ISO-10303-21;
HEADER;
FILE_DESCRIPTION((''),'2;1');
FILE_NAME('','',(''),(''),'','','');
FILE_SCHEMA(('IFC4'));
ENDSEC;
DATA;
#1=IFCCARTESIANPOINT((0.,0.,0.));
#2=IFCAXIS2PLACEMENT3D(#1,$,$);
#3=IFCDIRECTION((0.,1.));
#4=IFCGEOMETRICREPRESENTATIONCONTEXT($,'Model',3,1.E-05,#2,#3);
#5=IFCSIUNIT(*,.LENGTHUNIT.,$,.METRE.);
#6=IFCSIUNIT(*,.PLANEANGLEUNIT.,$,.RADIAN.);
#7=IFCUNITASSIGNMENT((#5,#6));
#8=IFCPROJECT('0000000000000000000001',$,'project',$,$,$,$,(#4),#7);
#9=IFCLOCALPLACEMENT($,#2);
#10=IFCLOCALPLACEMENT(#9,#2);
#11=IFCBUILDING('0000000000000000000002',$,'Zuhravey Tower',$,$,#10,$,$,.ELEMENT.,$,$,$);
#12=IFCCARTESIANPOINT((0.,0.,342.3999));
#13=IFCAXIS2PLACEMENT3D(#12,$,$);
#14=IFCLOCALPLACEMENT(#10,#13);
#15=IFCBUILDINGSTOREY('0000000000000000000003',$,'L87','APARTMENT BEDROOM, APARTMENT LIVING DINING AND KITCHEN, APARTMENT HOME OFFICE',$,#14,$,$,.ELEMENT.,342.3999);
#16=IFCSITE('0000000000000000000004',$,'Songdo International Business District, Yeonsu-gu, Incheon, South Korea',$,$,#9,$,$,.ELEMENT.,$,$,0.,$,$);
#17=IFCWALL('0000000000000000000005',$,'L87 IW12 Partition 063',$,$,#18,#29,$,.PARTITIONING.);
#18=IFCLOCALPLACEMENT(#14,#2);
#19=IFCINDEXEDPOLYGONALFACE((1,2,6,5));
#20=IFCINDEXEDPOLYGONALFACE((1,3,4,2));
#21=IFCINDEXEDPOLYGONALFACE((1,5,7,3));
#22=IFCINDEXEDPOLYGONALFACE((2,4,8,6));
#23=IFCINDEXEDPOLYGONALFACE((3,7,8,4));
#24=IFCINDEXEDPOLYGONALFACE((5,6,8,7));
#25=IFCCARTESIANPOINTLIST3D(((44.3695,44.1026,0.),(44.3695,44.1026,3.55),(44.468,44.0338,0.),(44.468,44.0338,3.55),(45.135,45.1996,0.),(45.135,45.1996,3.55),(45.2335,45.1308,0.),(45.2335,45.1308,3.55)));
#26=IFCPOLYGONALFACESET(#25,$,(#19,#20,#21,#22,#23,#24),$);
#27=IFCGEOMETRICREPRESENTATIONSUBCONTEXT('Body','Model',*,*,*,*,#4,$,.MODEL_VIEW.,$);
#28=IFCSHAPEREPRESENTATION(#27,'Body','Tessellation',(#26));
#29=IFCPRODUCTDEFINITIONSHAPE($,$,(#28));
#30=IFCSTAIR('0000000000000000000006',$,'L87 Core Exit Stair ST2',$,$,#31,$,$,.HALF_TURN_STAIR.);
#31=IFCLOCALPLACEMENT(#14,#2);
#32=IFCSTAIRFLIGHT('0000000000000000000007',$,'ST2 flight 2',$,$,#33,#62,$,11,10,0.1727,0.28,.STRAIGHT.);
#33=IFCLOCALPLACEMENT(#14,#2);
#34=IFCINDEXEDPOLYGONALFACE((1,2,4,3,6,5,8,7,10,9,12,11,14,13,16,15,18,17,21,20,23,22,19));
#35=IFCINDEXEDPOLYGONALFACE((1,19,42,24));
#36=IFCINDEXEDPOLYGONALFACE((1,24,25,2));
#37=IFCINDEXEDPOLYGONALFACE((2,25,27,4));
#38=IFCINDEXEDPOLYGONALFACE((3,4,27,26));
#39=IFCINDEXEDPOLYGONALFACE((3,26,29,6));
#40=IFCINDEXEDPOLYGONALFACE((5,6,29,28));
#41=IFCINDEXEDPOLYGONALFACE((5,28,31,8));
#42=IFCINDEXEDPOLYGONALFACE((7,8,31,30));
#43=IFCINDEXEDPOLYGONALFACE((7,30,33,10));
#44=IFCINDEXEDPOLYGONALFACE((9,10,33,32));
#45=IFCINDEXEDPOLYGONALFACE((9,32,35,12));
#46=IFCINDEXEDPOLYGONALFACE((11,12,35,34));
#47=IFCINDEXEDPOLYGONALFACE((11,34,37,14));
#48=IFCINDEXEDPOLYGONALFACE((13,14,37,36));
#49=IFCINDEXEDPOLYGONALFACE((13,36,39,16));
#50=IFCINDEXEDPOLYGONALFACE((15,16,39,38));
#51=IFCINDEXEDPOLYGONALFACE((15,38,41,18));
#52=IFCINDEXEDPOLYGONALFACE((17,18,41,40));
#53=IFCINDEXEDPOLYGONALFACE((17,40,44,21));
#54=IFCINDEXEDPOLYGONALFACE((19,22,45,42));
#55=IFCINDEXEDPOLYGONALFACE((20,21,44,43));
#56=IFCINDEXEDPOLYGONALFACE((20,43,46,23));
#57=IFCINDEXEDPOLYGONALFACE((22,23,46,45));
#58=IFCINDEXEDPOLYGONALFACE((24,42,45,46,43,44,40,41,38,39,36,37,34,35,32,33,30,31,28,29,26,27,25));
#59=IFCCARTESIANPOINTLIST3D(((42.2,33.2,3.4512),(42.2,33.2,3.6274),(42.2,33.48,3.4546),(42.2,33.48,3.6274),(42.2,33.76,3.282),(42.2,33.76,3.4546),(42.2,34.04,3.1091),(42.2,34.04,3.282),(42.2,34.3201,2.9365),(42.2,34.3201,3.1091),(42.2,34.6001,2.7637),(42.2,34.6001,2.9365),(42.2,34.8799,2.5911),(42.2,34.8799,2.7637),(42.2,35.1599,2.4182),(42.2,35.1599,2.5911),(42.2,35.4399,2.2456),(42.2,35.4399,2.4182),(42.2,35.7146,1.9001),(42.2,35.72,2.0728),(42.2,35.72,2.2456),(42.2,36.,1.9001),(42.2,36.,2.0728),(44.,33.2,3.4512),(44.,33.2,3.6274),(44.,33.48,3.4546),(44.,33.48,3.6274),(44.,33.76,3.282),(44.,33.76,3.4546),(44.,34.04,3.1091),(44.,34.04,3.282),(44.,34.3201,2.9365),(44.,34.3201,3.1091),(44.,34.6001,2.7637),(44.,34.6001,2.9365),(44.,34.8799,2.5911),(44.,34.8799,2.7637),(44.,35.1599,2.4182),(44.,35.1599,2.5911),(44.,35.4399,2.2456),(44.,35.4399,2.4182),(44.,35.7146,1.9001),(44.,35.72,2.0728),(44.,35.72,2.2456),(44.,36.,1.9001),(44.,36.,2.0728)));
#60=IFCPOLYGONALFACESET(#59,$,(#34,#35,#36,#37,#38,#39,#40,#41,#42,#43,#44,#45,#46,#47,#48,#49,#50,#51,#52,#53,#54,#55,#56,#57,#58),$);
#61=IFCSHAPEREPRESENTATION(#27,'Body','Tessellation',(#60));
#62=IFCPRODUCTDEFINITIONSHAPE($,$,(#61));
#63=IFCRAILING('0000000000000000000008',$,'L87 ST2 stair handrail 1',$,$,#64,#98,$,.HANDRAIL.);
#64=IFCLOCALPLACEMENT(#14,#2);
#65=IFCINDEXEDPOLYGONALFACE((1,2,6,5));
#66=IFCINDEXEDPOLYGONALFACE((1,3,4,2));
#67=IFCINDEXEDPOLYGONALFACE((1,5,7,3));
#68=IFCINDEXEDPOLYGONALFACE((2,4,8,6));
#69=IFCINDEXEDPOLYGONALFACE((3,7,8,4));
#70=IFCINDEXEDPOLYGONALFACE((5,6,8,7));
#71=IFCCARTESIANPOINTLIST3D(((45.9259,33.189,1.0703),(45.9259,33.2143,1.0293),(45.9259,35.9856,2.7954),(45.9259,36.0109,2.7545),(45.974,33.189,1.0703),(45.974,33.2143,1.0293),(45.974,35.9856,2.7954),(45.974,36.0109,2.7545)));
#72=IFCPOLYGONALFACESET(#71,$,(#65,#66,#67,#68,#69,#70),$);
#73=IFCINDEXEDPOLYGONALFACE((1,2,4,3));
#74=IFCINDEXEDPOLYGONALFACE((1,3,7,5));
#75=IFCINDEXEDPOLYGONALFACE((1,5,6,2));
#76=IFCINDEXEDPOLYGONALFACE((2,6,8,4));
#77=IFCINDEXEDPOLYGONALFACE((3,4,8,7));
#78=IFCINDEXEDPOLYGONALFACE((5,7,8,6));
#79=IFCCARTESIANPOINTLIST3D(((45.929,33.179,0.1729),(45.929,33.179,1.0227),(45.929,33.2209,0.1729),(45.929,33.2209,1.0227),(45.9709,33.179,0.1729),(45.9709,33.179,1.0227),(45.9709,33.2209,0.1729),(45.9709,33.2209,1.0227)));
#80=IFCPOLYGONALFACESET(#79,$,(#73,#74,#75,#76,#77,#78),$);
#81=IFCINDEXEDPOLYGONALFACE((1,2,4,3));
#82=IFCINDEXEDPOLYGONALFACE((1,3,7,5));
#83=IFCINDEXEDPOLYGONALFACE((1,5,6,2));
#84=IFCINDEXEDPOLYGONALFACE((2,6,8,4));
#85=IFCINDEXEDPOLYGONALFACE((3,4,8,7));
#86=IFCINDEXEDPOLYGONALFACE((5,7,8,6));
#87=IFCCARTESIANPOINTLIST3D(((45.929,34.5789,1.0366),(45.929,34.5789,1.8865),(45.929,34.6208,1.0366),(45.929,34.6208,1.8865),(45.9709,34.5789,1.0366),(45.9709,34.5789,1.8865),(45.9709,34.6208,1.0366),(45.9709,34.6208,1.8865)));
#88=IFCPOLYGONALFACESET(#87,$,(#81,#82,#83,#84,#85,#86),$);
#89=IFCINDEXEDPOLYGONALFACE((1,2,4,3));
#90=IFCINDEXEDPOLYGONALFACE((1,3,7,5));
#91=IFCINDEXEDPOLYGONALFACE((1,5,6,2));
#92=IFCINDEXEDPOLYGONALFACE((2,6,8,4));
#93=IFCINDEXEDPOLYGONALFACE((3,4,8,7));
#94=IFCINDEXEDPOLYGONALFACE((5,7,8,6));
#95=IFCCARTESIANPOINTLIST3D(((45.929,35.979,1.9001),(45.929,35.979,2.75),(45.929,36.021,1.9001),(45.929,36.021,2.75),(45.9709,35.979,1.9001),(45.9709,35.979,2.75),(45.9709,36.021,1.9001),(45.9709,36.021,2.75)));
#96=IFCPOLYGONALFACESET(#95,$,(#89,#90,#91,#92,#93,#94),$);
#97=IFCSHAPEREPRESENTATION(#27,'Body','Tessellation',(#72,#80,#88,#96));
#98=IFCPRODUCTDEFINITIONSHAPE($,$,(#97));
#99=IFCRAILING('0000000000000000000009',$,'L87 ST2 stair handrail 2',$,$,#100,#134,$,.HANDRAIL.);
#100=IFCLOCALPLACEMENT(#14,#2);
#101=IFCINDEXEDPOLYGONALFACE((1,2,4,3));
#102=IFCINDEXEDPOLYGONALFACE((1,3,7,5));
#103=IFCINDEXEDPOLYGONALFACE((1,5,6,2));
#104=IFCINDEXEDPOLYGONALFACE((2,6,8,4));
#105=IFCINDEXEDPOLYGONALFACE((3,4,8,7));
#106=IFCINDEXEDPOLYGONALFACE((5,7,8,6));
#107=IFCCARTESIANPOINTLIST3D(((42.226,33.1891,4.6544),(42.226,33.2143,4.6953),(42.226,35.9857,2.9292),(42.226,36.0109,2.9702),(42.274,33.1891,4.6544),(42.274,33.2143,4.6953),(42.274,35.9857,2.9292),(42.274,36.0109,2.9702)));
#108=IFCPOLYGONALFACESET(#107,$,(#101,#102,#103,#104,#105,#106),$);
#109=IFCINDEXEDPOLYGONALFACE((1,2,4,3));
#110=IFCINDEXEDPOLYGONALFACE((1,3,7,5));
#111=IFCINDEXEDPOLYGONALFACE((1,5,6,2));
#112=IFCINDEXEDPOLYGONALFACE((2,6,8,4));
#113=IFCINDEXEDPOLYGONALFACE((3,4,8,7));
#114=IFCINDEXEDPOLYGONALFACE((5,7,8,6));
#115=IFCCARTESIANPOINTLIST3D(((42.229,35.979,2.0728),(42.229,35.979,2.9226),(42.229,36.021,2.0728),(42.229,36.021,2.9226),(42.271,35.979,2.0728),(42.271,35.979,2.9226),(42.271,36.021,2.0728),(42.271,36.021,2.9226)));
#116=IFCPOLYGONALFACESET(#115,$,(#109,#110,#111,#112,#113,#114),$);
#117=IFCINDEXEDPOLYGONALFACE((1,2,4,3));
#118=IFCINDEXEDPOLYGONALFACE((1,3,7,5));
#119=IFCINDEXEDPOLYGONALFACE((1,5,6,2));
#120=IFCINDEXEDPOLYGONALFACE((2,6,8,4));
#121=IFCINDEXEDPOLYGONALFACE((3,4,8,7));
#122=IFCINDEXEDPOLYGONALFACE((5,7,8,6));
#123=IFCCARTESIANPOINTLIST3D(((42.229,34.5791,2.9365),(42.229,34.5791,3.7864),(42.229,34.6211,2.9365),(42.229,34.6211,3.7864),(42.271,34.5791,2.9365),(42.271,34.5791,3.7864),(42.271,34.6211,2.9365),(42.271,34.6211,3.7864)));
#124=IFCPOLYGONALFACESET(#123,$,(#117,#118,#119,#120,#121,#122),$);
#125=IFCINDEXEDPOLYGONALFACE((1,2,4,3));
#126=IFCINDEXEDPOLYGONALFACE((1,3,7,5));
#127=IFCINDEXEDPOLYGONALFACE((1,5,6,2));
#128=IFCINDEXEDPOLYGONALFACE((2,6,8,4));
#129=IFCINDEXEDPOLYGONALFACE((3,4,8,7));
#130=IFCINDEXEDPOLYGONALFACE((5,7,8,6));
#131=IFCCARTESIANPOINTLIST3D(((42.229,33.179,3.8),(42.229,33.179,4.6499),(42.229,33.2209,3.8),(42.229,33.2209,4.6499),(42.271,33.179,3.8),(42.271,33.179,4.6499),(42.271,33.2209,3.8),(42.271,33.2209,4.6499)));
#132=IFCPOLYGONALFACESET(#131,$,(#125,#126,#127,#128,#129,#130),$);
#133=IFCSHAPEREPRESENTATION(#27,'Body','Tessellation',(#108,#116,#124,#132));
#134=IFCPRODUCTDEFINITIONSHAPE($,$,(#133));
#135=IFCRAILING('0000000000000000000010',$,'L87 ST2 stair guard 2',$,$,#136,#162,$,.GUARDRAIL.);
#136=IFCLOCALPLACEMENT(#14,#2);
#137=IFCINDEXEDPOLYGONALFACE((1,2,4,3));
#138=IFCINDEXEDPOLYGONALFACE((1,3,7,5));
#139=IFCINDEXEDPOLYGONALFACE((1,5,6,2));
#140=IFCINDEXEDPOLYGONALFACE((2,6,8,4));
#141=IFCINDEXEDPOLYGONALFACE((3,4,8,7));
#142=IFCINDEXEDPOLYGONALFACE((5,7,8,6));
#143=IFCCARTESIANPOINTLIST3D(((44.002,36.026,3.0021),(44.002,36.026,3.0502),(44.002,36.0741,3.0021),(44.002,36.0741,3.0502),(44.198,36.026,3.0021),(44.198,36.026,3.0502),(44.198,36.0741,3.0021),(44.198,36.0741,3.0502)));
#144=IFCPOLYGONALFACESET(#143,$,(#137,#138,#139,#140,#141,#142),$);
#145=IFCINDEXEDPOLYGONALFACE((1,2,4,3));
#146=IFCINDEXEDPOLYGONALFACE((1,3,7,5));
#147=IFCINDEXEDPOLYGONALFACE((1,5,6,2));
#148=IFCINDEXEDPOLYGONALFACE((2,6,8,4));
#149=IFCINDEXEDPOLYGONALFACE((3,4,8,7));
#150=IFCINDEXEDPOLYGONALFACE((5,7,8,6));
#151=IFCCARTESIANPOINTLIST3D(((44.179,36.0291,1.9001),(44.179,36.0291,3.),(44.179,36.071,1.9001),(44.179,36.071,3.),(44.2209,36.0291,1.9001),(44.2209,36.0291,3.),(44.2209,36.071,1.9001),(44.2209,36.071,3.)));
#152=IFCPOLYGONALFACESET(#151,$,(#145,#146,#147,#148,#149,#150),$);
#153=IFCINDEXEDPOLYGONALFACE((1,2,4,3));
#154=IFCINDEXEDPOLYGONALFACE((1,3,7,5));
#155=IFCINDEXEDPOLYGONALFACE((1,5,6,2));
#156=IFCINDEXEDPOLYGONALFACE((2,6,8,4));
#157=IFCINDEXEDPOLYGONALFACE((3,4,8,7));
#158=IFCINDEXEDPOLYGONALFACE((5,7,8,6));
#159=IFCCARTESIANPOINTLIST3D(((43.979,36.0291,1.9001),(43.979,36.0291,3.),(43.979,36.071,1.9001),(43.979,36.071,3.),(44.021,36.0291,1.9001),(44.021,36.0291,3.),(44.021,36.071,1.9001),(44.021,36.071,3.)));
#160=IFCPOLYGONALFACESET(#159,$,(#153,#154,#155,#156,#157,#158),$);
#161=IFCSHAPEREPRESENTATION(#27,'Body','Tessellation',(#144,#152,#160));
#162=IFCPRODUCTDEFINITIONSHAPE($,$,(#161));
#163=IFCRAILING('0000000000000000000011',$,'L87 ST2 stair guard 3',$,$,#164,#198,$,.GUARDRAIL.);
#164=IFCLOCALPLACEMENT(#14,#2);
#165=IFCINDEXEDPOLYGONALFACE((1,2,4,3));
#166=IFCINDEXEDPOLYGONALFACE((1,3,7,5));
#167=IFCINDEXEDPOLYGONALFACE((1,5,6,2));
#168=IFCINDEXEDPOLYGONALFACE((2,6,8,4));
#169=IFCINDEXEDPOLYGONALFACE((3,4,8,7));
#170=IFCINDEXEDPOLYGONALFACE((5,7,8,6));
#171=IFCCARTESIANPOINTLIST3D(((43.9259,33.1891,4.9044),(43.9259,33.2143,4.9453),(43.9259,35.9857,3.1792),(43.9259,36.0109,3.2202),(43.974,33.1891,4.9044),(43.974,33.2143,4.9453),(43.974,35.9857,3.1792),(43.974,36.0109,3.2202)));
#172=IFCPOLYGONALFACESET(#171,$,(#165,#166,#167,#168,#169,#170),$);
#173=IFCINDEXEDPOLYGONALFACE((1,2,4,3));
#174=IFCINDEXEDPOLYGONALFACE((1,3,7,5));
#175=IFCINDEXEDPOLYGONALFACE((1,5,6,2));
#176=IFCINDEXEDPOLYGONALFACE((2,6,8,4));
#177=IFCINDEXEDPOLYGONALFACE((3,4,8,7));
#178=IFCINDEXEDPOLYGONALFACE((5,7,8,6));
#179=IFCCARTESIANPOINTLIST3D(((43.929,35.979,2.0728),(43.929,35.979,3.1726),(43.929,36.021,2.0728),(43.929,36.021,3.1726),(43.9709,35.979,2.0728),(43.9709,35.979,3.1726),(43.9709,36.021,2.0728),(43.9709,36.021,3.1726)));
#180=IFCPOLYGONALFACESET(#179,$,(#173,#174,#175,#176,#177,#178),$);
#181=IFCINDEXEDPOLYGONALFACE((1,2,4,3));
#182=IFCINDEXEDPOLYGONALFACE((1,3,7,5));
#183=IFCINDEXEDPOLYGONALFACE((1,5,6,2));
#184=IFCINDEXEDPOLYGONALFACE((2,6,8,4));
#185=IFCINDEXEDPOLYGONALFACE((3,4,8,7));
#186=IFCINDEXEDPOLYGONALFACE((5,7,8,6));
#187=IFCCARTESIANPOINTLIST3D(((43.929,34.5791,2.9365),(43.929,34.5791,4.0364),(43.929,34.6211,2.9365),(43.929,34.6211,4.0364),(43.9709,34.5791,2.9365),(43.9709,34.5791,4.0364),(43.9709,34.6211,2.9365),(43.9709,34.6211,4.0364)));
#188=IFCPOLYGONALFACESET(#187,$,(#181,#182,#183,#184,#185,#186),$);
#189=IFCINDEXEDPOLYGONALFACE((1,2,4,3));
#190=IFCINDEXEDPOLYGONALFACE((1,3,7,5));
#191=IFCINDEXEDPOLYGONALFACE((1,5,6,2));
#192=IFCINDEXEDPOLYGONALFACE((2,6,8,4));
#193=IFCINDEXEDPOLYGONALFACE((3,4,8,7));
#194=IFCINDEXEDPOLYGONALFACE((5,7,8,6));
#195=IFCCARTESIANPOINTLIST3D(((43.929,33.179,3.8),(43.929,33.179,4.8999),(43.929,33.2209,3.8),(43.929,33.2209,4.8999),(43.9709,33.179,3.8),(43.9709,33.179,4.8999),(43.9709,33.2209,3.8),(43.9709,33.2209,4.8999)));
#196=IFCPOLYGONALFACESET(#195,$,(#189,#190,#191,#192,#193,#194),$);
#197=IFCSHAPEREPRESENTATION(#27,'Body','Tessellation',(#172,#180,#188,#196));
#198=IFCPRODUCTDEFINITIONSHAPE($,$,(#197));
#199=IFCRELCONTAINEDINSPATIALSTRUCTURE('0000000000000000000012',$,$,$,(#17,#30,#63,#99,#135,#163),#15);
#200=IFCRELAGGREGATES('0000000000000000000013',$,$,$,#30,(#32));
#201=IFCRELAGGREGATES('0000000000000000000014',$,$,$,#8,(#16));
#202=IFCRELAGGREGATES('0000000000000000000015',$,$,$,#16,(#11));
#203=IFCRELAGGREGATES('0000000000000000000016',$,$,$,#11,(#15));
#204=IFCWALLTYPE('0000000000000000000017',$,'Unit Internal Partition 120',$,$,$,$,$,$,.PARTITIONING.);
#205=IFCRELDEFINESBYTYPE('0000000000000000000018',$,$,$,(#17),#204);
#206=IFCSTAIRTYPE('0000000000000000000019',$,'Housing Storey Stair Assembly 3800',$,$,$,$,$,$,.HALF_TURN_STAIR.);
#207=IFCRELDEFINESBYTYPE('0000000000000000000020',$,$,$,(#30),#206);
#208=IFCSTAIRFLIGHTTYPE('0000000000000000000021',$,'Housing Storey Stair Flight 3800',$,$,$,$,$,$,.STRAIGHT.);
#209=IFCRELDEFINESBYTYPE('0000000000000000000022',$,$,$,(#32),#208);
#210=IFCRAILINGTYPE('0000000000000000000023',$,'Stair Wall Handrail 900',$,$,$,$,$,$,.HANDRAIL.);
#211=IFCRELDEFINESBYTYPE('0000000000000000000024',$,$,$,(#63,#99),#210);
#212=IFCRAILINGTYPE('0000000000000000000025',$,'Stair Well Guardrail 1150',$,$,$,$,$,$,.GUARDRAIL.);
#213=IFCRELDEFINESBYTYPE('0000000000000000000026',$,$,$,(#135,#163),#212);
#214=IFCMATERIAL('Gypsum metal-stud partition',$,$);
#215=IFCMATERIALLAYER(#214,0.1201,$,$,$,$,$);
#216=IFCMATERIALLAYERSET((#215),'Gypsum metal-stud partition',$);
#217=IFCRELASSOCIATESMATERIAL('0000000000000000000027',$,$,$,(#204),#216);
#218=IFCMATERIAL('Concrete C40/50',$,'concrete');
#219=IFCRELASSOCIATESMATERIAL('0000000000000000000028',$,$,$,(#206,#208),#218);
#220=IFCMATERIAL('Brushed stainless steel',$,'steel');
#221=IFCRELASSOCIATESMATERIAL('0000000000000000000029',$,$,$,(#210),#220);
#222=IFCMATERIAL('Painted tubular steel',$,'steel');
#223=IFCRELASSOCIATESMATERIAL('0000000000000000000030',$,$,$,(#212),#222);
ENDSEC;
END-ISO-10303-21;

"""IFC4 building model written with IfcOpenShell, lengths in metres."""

from ifc_helpers import new_model, si_unit, direction, frame, frame_2d, origin, origin_2d, place, context, subcontext, project, spatial, polyline, rectangle, outline, extrude, material, layer, layer_set, type_object, element, aggregate, save


model = new_model("IFC4")

# Units and contexts
model_context = context("Model", 3, precision=1e-05, world=origin(), true_north=direction((0.0, 1.0)))
body_context = subcontext(model_context, "Body", "Model", "MODEL_VIEW")
ifc_project = project(units=[si_unit("LENGTHUNIT", "METRE"), si_unit("PLANEANGLEUNIT", "RADIAN")], contexts=[model_context])

# Site, building, storey
site_placement = place(None, origin())
site = spatial("IfcSite", under=ifc_project, at=site_placement, Name="Songdo International Business District, Yeonsu-gu, Incheon, South Korea", CompositionType="ELEMENT", RefElevation=0.0)
building_placement = place(site_placement, origin())
building = spatial("IfcBuilding", under=site, at=building_placement, Name="Zuhravey Tower", CompositionType="ELEMENT")
storey_placement = place(building_placement, frame((0.0, 0.0, 342.3999)))
storey = spatial("IfcBuildingStorey", under=building, at=storey_placement, Name="L87", Description="APARTMENT BEDROOM, APARTMENT LIVING DINING AND KITCHEN, APARTMENT HOME OFFICE", CompositionType="ELEMENT", Elevation=342.3999)

# Wall
ifc_material_1 = material(Name="Gypsum metal-stud partition")
ifc_layer_1 = layer(ifc_material_1, 0.1201)
ifc_layer_set_1 = layer_set([ifc_layer_1], Name="Gypsum metal-stud partition")
wall_type_1 = type_object("IfcWallType", Name="Unit Internal Partition 120", PredefinedType="PARTITIONING", material=ifc_layer_set_1)
wall_1_placement = place(storey_placement, frame((44.4187, 44.0681, 0.0), z_axis=(0.0, 0.0, 1.0), x_axis=(0.572224, 0.820097, 0.0)))
element("IfcWall", 1, at=wall_1_placement, inside=storey, type_object=wall_type_1, Name="L87 IW12 Partition 063", PredefinedType="PARTITIONING", context=body_context, shape_type="SweptSolid", body=[
    extrude(rectangle(XDim=1.3376, YDim=0.1201, at=frame_2d((0.6689, 0.0))), origin(), (0.0, 0.0, 1.0), 3.55),
])

# Stair, stair flight
ifc_material_2 = material(Name="Concrete C40/50", Category="concrete")
stair_type = type_object("IfcStairType", Name="Housing Storey Stair Assembly 3800", PredefinedType="HALF_TURN_STAIR", material=ifc_material_2)
stair_placement = place(storey_placement, origin())
stair = element("IfcStair", 2, at=stair_placement, inside=storey, type_object=stair_type, Name="L87 Core Exit Stair ST2", PredefinedType="HALF_TURN_STAIR")
stair_flight_type = type_object("IfcStairFlightType", Name="Housing Storey Stair Flight 3800", PredefinedType="STRAIGHT", material=ifc_material_2)
stair_flight_placement = place(storey_placement, frame((43.1001, 36.0, 1.9001), z_axis=(0.0, 0.0, 1.0), x_axis=(0.0, -1.0, 0.0)))
stair_flight = element("IfcStairFlight", 3, at=stair_flight_placement, type_object=stair_flight_type, Name="ST2 flight 2", NumberOfRisers=11, NumberOfTreads=10, PredefinedType="STRAIGHT", RiserHeight=0.1727, TreadLength=0.28, context=body_context, shape_type="SweptSolid", body=[
    extrude(outline(polyline([(0.0, 0.0), (0.0, 0.1726), (0.28, 0.1726), (0.28, 0.3455), (0.5601, 0.3455), (0.5601, 0.5181), (0.8401, 0.5181), (0.8401, 0.6909), (1.1201, 0.6909), (1.1201, 0.8635), (1.3999, 0.8635), (1.3999, 1.0364), (1.6799, 1.0364), (1.6799, 1.209), (1.96, 1.209), (1.96, 1.3818), (2.24, 1.3818), (2.24, 1.5544), (2.52, 1.5544), (2.52, 1.7273), (2.8, 1.7273), (2.8, 1.8999), (2.8, 1.551), (0.2854, 0.0), (0.0, 0.0)])), frame((0.0, 0.8999, 0.0), z_axis=(0.0, -1.0, 0.0), x_axis=(1.0, 0.0, 0.0)), (0.0, 0.0, 1.0), 1.8),
])
aggregate(stair, [stair_flight])

# Railings
ifc_material_3 = material(Name="Brushed stainless steel", Category="steel")
railing_type_1 = type_object("IfcRailingType", Name="Stair Wall Handrail 900", PredefinedType="HANDRAIL", material=ifc_material_3)
railing_1_placement = place(storey_placement, frame((45.95, 33.2, 0.1729)))
element("IfcRailing", 4, at=railing_1_placement, inside=storey, type_object=railing_type_1, Name="L87 ST2 stair handrail 1", PredefinedType="HANDRAIL", context=body_context, shape_type="SweptSolid", body=[
    extrude(rectangle(XDim=0.0481, YDim=0.0481, at=origin_2d()), frame((0.0, 0.0017, 0.877), z_axis=(0.0, 0.85109, 0.52502), x_axis=(-1.0, 0.0, 0.0)), (0.0, 0.0, 1.0), 3.2859),
    extrude(rectangle(XDim=0.042, YDim=0.042, at=origin_2d()), origin(), (0.0, 0.0, 1.0), 0.8499),
    extrude(rectangle(XDim=0.042, YDim=0.042, at=origin_2d()), frame((0.0, 1.3999, 0.8638)), (0.0, 0.0, 1.0), 0.8499),
    extrude(rectangle(XDim=0.042, YDim=0.042, at=origin_2d()), frame((0.0, 2.8, 1.7273)), (0.0, 0.0, 1.0), 0.8499),
])
railing_2_placement = place(storey_placement, frame((42.25, 36.0, 2.0728)))
element("IfcRailing", 5, at=railing_2_placement, inside=storey, type_object=railing_type_1, Name="L87 ST2 stair handrail 2", PredefinedType="HANDRAIL", context=body_context, shape_type="SweptSolid", body=[
    extrude(rectangle(XDim=0.0481, YDim=0.0481, at=origin_2d()), frame((0.0, -0.0017, 0.877), z_axis=(0.0, -0.85109, 0.52502), x_axis=(1.0, 0.0, 0.0)), (0.0, 0.0, 1.0), 3.2859),
    extrude(rectangle(XDim=0.042, YDim=0.042, at=origin_2d()), origin(), (0.0, 0.0, 1.0), 0.8499),
    extrude(rectangle(XDim=0.042, YDim=0.042, at=origin_2d()), frame((0.0, -1.3999, 0.8638)), (0.0, 0.0, 1.0), 0.8499),
    extrude(rectangle(XDim=0.042, YDim=0.042, at=origin_2d()), frame((0.0, -2.8, 1.7273)), (0.0, 0.0, 1.0), 0.8499),
])
ifc_material_4 = material(Name="Painted tubular steel", Category="steel")
railing_type_2 = type_object("IfcRailingType", Name="Stair Well Guardrail 1150", PredefinedType="GUARDRAIL", material=ifc_material_4)
railing_3_placement = place(storey_placement, frame((44.2, 36.05, 1.9001)))
element("IfcRailing", 6, at=railing_3_placement, inside=storey, type_object=railing_type_2, Name="L87 ST2 stair guard 2", PredefinedType="GUARDRAIL", context=body_context, shape_type="SweptSolid", body=[
    extrude(rectangle(XDim=0.0481, YDim=0.0481, at=origin_2d()), frame((-0.002, 0.0, 1.126), z_axis=(-1.0, 0.0, 0.0), x_axis=(0.0, -1.0, 0.0)), (0.0, 0.0, 1.0), 0.196),
    extrude(rectangle(XDim=0.042, YDim=0.042, at=origin_2d()), origin(), (0.0, 0.0, 1.0), 1.0999),
    extrude(rectangle(XDim=0.042, YDim=0.042, at=origin_2d()), frame((-0.2, 0.0, 0.0)), (0.0, 0.0, 1.0), 1.0999),
])
railing_4_placement = place(storey_placement, frame((43.95, 36.0, 2.0728)))
element("IfcRailing", 7, at=railing_4_placement, inside=storey, type_object=railing_type_2, Name="L87 ST2 stair guard 3", PredefinedType="GUARDRAIL", context=body_context, shape_type="SweptSolid", body=[
    extrude(rectangle(XDim=0.0481, YDim=0.0481, at=origin_2d()), frame((0.0, -0.0017, 1.127), z_axis=(0.0, -0.85109, 0.52502), x_axis=(1.0, 0.0, 0.0)), (0.0, 0.0, 1.0), 3.2859),
    extrude(rectangle(XDim=0.042, YDim=0.042, at=origin_2d()), origin(), (0.0, 0.0, 1.0), 1.0999),
    extrude(rectangle(XDim=0.042, YDim=0.042, at=origin_2d()), frame((0.0, -1.3999, 0.8638)), (0.0, 0.0, 1.0), 1.0999),
    extrude(rectangle(XDim=0.042, YDim=0.042, at=origin_2d()), frame((0.0, -2.8, 1.7273)), (0.0, 0.0, 1.0), 1.0999),
])

save(model, "model.ifc")
